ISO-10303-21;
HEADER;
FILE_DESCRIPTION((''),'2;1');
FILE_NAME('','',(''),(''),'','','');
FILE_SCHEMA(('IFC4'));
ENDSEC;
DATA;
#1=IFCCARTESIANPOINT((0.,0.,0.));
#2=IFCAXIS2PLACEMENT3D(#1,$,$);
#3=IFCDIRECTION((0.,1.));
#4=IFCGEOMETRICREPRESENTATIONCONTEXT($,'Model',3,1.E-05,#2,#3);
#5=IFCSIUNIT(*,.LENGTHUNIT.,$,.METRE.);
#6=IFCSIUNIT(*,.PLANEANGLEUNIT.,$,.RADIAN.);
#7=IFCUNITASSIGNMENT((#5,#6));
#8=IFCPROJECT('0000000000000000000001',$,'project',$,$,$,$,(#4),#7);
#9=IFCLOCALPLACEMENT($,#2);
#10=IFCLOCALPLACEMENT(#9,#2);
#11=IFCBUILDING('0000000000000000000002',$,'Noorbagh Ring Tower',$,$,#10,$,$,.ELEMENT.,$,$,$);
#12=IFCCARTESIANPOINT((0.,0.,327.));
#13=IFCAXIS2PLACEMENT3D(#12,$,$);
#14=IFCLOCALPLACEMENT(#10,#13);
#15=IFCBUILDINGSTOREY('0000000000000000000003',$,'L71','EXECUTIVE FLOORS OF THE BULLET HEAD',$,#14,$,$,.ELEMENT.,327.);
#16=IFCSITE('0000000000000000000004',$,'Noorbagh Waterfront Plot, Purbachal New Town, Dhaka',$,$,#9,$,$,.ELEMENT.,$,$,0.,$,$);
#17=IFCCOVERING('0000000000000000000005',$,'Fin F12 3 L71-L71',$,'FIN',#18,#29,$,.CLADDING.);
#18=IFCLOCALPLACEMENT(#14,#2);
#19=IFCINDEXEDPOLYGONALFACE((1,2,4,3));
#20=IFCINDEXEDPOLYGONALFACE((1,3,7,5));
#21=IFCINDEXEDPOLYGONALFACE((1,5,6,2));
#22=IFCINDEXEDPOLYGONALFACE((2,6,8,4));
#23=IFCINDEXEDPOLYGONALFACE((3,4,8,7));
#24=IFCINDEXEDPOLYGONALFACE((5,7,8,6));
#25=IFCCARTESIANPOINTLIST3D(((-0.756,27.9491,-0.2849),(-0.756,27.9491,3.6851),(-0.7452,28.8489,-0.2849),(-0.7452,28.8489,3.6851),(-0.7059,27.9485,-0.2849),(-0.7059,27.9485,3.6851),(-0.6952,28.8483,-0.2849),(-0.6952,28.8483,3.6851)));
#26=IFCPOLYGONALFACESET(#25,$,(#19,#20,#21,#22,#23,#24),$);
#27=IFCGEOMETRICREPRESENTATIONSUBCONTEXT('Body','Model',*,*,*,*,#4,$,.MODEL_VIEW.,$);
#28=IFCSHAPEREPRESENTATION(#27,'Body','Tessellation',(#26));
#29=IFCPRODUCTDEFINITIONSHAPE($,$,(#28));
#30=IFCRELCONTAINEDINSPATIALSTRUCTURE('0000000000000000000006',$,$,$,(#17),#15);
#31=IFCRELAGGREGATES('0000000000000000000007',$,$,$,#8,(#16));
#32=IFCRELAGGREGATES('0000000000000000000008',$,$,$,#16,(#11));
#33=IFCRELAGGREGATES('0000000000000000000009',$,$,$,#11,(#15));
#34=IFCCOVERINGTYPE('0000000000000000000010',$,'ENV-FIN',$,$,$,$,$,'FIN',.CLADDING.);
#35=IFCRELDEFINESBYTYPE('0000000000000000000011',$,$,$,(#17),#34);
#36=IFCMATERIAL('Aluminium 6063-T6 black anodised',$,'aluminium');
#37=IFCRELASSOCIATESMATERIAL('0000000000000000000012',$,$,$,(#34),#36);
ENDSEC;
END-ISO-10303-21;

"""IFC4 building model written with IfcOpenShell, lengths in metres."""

from ifc_helpers import new_model, si_unit, direction, frame, origin, origin_2d, place, context, subcontext, project, spatial, rectangle, extrude, material, material_profile, profile_set, type_object, element, save


model = new_model("IFC4")

# Units and contexts
model_context = context("Model", 3, precision=1e-05, world=origin(), true_north=direction((0.0, 1.0)))
body_context = subcontext(model_context, "Body", "Model", "MODEL_VIEW")
ifc_project = project(units=[si_unit("LENGTHUNIT", "METRE"), si_unit("PLANEANGLEUNIT", "RADIAN")], contexts=[model_context])

# Site, building, storey
site_placement = place(None, origin())
site = spatial("IfcSite", under=ifc_project, at=site_placement, Name="Noorbagh Waterfront Plot, Purbachal New Town, Dhaka", CompositionType="ELEMENT", RefElevation=0.0)
building_placement = place(site_placement, origin())
building = spatial("IfcBuilding", under=site, at=building_placement, Name="Noorbagh Ring Tower", CompositionType="ELEMENT")
storey_placement = place(building_placement, frame((0.0, 0.0, 327.0)))
storey = spatial("IfcBuildingStorey", under=building, at=storey_placement, Name="L71", Description="EXECUTIVE FLOORS OF THE BULLET HEAD", CompositionType="ELEMENT", Elevation=327.0)

# Covering
ifc_material_1 = material(Name="Aluminium 6063-T6 black anodised", Category="aluminium")
ifc_material_profile_1 = material_profile(ifc_material_1, rectangle(XDim=0.8999, YDim=0.05, at=origin_2d()), Name="900x50")
ifc_profile_set_1 = profile_set([ifc_material_profile_1], Name="Aluminium 6063-T6 black anodised")
covering_type = type_object("IfcCoveringType", Name="ENV-FIN", ElementType="FIN", PredefinedType="CLADDING", material=ifc_profile_set_1)
for number, where, z_axis, x_axis, name in (
    (1, (-0.7256, 28.3987, -0.2849), (0.0, 0.0, 1.0), (0.011915, 0.999929, 0.0), "Fin F12 3 L71-L71"),
):
    element("IfcCovering", number, at=place(storey_placement, frame(where, z_axis=z_axis, x_axis=x_axis)), inside=storey, type_object=covering_type, Name=name, ObjectType="FIN", PredefinedType="CLADDING", context=body_context, shape_type="SweptSolid", body=[
        extrude(rectangle(XDim=0.8999, YDim=0.05, at=origin_2d()), origin(), (0.0, 0.0, 1.0), 3.97),
    ])

save(model, "model.ifc")
